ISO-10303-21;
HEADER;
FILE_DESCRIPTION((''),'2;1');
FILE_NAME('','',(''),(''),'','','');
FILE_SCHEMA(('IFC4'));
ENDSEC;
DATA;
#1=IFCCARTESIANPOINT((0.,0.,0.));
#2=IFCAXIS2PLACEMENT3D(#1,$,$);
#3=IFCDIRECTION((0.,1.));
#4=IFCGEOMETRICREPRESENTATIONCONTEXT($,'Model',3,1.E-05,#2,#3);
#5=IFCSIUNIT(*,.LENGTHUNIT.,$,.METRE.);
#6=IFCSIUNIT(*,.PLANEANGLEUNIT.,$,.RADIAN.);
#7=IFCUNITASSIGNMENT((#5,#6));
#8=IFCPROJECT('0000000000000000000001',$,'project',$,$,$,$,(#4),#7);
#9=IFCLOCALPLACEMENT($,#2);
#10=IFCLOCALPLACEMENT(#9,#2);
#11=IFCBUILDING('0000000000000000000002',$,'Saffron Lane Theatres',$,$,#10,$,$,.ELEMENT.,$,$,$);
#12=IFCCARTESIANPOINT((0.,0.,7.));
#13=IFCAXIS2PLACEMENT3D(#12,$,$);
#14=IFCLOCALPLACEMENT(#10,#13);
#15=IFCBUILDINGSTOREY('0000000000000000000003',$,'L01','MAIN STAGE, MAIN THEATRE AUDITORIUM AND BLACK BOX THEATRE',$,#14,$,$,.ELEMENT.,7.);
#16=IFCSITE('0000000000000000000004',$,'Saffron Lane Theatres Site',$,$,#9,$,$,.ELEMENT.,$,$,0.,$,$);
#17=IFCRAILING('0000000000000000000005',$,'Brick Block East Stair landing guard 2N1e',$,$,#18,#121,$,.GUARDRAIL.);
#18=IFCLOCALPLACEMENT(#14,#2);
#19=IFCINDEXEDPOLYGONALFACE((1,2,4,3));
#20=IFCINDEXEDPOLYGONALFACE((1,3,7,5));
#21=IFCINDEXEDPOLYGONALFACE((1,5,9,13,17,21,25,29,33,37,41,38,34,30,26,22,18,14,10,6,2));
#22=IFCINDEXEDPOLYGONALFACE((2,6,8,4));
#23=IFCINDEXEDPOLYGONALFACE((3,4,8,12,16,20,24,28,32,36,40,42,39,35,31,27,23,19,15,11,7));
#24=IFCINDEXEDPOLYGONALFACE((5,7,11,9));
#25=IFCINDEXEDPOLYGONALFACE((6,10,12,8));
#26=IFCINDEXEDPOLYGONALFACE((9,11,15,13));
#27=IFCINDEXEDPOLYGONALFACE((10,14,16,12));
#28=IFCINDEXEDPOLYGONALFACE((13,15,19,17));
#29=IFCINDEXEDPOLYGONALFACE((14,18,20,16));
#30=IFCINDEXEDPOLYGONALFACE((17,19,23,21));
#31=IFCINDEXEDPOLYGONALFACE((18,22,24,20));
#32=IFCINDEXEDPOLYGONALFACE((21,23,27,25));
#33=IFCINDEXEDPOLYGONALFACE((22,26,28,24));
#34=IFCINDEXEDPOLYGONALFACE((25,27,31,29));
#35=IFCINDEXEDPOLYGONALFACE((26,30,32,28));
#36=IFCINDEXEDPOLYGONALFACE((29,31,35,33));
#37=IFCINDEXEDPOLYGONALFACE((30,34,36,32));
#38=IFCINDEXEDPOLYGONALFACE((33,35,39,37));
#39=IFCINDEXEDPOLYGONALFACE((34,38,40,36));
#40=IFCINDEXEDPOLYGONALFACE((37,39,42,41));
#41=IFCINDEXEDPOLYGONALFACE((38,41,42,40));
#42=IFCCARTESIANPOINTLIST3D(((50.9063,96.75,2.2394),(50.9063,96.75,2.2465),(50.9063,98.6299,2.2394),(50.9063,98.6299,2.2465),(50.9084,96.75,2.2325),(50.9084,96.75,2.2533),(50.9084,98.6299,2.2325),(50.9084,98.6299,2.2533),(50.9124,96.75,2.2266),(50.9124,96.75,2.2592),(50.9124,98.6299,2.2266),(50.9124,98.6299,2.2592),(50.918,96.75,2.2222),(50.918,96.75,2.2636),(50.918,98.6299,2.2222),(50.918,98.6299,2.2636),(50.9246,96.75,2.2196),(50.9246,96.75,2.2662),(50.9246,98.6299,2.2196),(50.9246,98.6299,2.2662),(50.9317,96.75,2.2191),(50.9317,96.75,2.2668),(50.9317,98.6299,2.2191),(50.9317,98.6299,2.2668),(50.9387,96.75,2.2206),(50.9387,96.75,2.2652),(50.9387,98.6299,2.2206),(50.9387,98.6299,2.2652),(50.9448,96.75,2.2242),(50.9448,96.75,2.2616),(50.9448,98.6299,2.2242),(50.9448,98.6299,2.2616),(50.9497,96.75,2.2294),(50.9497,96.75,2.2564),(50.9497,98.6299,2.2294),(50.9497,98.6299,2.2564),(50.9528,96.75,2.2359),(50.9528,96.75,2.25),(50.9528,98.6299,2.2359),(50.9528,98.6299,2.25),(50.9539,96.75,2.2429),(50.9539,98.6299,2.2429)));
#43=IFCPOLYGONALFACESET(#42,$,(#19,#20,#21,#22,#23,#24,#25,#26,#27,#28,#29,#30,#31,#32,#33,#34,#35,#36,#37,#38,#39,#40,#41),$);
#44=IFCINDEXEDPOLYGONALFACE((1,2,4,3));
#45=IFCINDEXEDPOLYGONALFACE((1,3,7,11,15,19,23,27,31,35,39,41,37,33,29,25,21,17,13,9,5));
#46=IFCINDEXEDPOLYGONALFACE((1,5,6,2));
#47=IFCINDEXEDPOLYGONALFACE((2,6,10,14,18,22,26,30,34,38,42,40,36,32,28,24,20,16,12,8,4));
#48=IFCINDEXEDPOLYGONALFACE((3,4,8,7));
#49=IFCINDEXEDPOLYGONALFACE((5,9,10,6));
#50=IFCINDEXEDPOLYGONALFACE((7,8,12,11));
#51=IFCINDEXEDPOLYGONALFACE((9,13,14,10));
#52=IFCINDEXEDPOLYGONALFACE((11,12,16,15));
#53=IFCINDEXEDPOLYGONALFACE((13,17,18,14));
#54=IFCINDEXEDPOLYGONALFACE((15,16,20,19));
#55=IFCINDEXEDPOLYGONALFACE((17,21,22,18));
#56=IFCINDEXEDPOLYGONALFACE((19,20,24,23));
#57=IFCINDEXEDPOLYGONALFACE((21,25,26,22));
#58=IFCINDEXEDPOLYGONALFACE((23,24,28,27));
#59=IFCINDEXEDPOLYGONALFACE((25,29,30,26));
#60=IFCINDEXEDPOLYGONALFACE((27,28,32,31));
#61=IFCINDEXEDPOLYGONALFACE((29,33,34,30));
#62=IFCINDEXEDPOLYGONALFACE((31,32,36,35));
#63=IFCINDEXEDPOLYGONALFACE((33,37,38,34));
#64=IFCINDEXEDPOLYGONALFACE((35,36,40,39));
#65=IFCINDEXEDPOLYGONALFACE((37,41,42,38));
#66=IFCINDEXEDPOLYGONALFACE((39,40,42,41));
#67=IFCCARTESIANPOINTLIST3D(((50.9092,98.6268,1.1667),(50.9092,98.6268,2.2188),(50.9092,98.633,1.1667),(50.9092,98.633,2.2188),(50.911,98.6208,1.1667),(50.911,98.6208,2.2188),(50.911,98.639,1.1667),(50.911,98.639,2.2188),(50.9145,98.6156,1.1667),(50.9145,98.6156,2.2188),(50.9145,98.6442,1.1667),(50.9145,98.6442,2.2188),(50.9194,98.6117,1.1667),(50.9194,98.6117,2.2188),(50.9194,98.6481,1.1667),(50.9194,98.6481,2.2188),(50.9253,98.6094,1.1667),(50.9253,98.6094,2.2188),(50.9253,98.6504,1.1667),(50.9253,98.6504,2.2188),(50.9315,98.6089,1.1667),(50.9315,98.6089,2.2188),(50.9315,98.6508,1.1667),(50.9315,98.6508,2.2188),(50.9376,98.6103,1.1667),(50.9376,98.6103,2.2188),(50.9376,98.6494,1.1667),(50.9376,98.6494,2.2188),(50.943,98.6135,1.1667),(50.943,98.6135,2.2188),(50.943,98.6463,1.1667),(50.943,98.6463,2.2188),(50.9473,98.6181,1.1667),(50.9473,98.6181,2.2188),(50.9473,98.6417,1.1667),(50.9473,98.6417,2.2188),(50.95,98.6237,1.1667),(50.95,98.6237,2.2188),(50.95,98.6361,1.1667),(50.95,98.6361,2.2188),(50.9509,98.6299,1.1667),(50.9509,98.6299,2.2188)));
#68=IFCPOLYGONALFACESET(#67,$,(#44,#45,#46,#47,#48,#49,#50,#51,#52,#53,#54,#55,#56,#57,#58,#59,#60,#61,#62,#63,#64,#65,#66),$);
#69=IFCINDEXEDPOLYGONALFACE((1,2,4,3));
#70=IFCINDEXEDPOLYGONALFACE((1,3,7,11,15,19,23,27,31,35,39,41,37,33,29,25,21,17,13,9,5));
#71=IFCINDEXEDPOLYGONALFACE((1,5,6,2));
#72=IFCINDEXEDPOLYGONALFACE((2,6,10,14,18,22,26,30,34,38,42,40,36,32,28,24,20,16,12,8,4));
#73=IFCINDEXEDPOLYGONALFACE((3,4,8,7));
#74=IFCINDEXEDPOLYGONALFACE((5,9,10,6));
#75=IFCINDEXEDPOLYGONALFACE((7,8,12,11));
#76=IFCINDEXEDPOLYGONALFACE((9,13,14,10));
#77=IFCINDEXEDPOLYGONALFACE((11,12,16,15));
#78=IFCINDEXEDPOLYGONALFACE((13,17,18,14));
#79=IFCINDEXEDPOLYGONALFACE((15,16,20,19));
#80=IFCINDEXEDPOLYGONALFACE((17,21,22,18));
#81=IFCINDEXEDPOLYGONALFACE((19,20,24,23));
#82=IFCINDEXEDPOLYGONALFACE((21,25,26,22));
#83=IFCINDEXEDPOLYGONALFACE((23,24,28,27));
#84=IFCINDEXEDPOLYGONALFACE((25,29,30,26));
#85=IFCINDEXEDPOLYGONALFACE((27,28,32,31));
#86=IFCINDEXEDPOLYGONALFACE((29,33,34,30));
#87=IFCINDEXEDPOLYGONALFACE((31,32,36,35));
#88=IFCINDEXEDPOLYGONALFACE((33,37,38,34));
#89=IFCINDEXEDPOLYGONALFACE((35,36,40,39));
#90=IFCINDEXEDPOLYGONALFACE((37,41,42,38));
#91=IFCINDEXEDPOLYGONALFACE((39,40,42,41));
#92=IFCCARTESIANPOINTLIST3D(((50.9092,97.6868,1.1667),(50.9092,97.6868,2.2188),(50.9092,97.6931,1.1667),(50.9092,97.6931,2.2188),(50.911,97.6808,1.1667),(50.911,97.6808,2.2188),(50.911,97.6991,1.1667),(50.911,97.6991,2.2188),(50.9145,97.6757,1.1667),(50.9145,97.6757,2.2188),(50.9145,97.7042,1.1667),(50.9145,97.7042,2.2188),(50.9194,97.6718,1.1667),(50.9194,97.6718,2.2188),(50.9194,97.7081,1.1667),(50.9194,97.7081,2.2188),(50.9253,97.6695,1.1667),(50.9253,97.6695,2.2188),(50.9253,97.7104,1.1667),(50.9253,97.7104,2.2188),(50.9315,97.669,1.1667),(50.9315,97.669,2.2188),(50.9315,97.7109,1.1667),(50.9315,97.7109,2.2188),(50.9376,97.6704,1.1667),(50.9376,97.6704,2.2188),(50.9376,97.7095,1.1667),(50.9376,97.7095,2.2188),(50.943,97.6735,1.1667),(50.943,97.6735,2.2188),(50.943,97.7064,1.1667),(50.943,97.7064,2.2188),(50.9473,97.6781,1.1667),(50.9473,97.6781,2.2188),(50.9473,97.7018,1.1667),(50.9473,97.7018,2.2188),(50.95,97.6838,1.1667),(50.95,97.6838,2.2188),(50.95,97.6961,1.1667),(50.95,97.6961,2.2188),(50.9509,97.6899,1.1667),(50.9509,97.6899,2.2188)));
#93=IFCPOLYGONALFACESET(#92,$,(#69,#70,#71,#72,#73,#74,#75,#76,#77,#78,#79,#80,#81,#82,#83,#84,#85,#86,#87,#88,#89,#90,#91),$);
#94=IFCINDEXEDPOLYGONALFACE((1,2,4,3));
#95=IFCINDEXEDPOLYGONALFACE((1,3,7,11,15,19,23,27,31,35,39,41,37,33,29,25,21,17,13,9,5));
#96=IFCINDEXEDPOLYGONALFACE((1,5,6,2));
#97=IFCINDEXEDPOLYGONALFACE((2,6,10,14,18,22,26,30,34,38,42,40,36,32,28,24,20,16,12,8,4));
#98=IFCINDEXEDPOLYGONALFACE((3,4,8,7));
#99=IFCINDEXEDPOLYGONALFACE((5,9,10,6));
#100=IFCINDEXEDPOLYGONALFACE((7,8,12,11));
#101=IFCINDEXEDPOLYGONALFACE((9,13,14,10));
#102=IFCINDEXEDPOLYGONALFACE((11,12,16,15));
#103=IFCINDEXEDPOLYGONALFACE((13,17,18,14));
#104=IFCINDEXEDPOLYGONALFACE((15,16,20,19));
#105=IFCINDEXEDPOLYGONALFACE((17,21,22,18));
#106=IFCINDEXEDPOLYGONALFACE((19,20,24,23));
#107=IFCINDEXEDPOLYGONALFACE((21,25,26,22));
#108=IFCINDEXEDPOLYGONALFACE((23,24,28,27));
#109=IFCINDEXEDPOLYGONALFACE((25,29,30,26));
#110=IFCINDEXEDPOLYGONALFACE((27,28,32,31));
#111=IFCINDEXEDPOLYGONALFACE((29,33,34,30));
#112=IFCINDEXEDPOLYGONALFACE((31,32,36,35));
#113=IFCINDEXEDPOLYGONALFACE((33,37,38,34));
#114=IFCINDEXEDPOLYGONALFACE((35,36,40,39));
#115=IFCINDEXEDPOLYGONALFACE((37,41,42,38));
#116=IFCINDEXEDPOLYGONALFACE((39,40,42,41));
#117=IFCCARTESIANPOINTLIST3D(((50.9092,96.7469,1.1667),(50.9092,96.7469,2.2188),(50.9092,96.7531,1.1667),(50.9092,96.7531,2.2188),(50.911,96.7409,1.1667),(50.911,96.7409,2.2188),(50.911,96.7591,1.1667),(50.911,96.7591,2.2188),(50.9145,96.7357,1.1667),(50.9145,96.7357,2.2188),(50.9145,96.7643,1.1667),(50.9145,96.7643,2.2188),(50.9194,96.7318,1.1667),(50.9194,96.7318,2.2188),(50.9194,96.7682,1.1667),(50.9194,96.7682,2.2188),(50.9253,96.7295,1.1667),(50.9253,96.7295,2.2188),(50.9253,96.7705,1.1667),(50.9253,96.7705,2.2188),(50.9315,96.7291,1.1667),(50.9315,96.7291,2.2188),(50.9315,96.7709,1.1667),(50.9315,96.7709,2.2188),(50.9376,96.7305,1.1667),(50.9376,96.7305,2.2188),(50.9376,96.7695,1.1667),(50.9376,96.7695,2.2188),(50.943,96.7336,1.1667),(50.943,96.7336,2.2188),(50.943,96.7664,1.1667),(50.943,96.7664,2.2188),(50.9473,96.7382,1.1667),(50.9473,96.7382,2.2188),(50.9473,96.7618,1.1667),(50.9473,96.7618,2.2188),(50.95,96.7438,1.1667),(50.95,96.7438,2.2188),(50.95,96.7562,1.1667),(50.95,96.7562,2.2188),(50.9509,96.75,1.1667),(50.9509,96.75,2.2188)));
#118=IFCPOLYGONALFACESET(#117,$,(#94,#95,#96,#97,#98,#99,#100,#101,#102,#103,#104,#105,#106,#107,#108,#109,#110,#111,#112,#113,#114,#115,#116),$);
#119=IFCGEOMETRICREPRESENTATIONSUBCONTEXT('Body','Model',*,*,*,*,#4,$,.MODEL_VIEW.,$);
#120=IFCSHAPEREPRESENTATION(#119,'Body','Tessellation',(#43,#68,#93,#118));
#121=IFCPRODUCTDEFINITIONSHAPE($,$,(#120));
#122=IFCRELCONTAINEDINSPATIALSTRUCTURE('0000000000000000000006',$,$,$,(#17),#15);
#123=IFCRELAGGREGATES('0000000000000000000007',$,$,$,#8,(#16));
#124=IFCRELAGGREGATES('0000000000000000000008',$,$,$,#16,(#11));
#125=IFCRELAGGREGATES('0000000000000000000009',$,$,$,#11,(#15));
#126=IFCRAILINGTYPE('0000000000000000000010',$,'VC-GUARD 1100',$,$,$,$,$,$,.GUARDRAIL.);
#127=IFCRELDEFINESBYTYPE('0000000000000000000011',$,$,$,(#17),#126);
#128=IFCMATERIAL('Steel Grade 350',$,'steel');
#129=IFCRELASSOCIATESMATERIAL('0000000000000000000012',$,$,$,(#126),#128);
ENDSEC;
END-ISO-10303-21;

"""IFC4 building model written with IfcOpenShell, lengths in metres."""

from ifc_helpers import new_model, si_unit, direction, frame, origin, origin_2d, place, context, subcontext, project, spatial, circle, extrude, material, type_object, element, save


model = new_model("IFC4")

# Units and contexts
model_context = context("Model", 3, precision=1e-05, world=origin(), true_north=direction((0.0, 1.0)))
body_context = subcontext(model_context, "Body", "Model", "MODEL_VIEW")
ifc_project = project(units=[si_unit("LENGTHUNIT", "METRE"), si_unit("PLANEANGLEUNIT", "RADIAN")], contexts=[model_context])

# Site, building, storey
site_placement = place(None, origin())
site = spatial("IfcSite", under=ifc_project, at=site_placement, Name="Saffron Lane Theatres Site", CompositionType="ELEMENT", RefElevation=0.0)
building_placement = place(site_placement, origin())
building = spatial("IfcBuilding", under=site, at=building_placement, Name="Saffron Lane Theatres", CompositionType="ELEMENT")
storey_placement = place(building_placement, frame((0.0, 0.0, 7.0)))
storey = spatial("IfcBuildingStorey", under=building, at=storey_placement, Name="L01", Description="MAIN STAGE, MAIN THEATRE AUDITORIUM AND BLACK BOX THEATRE", CompositionType="ELEMENT", Elevation=7.0)

# Railing
ifc_material_1 = material(Name="Steel Grade 350", Category="steel")
railing_type_1 = type_object("IfcRailingType", Name="VC-GUARD 1100", PredefinedType="GUARDRAIL", material=ifc_material_1)
railing_1_placement = place(storey_placement, frame((50.9299, 98.6299, 1.1667)))
element("IfcRailing", 1, at=railing_1_placement, inside=storey, type_object=railing_type_1, Name="Brick Block East Stair landing guard 2N1e", PredefinedType="GUARDRAIL", context=body_context, shape_type="SweptSolid", body=[
    extrude(circle(Radius=0.0239, at=origin_2d()), frame((0.0, 0.0, 1.0762), z_axis=(0.0, -1.0, 0.0), x_axis=(1.0, 0.0, 0.0)), (0.0, 0.0, 1.0), 1.8799),
    extrude(circle(Radius=0.021, at=origin_2d()), origin(), (0.0, 0.0, 1.0), 1.052),
    extrude(circle(Radius=0.021, at=origin_2d()), frame((0.0, -0.9399, 0.0)), (0.0, 0.0, 1.0), 1.052),
    extrude(circle(Radius=0.021, at=origin_2d()), frame((0.0, -1.8799, 0.0)), (0.0, 0.0, 1.0), 1.052),
])

save(model, "model.ifc")
